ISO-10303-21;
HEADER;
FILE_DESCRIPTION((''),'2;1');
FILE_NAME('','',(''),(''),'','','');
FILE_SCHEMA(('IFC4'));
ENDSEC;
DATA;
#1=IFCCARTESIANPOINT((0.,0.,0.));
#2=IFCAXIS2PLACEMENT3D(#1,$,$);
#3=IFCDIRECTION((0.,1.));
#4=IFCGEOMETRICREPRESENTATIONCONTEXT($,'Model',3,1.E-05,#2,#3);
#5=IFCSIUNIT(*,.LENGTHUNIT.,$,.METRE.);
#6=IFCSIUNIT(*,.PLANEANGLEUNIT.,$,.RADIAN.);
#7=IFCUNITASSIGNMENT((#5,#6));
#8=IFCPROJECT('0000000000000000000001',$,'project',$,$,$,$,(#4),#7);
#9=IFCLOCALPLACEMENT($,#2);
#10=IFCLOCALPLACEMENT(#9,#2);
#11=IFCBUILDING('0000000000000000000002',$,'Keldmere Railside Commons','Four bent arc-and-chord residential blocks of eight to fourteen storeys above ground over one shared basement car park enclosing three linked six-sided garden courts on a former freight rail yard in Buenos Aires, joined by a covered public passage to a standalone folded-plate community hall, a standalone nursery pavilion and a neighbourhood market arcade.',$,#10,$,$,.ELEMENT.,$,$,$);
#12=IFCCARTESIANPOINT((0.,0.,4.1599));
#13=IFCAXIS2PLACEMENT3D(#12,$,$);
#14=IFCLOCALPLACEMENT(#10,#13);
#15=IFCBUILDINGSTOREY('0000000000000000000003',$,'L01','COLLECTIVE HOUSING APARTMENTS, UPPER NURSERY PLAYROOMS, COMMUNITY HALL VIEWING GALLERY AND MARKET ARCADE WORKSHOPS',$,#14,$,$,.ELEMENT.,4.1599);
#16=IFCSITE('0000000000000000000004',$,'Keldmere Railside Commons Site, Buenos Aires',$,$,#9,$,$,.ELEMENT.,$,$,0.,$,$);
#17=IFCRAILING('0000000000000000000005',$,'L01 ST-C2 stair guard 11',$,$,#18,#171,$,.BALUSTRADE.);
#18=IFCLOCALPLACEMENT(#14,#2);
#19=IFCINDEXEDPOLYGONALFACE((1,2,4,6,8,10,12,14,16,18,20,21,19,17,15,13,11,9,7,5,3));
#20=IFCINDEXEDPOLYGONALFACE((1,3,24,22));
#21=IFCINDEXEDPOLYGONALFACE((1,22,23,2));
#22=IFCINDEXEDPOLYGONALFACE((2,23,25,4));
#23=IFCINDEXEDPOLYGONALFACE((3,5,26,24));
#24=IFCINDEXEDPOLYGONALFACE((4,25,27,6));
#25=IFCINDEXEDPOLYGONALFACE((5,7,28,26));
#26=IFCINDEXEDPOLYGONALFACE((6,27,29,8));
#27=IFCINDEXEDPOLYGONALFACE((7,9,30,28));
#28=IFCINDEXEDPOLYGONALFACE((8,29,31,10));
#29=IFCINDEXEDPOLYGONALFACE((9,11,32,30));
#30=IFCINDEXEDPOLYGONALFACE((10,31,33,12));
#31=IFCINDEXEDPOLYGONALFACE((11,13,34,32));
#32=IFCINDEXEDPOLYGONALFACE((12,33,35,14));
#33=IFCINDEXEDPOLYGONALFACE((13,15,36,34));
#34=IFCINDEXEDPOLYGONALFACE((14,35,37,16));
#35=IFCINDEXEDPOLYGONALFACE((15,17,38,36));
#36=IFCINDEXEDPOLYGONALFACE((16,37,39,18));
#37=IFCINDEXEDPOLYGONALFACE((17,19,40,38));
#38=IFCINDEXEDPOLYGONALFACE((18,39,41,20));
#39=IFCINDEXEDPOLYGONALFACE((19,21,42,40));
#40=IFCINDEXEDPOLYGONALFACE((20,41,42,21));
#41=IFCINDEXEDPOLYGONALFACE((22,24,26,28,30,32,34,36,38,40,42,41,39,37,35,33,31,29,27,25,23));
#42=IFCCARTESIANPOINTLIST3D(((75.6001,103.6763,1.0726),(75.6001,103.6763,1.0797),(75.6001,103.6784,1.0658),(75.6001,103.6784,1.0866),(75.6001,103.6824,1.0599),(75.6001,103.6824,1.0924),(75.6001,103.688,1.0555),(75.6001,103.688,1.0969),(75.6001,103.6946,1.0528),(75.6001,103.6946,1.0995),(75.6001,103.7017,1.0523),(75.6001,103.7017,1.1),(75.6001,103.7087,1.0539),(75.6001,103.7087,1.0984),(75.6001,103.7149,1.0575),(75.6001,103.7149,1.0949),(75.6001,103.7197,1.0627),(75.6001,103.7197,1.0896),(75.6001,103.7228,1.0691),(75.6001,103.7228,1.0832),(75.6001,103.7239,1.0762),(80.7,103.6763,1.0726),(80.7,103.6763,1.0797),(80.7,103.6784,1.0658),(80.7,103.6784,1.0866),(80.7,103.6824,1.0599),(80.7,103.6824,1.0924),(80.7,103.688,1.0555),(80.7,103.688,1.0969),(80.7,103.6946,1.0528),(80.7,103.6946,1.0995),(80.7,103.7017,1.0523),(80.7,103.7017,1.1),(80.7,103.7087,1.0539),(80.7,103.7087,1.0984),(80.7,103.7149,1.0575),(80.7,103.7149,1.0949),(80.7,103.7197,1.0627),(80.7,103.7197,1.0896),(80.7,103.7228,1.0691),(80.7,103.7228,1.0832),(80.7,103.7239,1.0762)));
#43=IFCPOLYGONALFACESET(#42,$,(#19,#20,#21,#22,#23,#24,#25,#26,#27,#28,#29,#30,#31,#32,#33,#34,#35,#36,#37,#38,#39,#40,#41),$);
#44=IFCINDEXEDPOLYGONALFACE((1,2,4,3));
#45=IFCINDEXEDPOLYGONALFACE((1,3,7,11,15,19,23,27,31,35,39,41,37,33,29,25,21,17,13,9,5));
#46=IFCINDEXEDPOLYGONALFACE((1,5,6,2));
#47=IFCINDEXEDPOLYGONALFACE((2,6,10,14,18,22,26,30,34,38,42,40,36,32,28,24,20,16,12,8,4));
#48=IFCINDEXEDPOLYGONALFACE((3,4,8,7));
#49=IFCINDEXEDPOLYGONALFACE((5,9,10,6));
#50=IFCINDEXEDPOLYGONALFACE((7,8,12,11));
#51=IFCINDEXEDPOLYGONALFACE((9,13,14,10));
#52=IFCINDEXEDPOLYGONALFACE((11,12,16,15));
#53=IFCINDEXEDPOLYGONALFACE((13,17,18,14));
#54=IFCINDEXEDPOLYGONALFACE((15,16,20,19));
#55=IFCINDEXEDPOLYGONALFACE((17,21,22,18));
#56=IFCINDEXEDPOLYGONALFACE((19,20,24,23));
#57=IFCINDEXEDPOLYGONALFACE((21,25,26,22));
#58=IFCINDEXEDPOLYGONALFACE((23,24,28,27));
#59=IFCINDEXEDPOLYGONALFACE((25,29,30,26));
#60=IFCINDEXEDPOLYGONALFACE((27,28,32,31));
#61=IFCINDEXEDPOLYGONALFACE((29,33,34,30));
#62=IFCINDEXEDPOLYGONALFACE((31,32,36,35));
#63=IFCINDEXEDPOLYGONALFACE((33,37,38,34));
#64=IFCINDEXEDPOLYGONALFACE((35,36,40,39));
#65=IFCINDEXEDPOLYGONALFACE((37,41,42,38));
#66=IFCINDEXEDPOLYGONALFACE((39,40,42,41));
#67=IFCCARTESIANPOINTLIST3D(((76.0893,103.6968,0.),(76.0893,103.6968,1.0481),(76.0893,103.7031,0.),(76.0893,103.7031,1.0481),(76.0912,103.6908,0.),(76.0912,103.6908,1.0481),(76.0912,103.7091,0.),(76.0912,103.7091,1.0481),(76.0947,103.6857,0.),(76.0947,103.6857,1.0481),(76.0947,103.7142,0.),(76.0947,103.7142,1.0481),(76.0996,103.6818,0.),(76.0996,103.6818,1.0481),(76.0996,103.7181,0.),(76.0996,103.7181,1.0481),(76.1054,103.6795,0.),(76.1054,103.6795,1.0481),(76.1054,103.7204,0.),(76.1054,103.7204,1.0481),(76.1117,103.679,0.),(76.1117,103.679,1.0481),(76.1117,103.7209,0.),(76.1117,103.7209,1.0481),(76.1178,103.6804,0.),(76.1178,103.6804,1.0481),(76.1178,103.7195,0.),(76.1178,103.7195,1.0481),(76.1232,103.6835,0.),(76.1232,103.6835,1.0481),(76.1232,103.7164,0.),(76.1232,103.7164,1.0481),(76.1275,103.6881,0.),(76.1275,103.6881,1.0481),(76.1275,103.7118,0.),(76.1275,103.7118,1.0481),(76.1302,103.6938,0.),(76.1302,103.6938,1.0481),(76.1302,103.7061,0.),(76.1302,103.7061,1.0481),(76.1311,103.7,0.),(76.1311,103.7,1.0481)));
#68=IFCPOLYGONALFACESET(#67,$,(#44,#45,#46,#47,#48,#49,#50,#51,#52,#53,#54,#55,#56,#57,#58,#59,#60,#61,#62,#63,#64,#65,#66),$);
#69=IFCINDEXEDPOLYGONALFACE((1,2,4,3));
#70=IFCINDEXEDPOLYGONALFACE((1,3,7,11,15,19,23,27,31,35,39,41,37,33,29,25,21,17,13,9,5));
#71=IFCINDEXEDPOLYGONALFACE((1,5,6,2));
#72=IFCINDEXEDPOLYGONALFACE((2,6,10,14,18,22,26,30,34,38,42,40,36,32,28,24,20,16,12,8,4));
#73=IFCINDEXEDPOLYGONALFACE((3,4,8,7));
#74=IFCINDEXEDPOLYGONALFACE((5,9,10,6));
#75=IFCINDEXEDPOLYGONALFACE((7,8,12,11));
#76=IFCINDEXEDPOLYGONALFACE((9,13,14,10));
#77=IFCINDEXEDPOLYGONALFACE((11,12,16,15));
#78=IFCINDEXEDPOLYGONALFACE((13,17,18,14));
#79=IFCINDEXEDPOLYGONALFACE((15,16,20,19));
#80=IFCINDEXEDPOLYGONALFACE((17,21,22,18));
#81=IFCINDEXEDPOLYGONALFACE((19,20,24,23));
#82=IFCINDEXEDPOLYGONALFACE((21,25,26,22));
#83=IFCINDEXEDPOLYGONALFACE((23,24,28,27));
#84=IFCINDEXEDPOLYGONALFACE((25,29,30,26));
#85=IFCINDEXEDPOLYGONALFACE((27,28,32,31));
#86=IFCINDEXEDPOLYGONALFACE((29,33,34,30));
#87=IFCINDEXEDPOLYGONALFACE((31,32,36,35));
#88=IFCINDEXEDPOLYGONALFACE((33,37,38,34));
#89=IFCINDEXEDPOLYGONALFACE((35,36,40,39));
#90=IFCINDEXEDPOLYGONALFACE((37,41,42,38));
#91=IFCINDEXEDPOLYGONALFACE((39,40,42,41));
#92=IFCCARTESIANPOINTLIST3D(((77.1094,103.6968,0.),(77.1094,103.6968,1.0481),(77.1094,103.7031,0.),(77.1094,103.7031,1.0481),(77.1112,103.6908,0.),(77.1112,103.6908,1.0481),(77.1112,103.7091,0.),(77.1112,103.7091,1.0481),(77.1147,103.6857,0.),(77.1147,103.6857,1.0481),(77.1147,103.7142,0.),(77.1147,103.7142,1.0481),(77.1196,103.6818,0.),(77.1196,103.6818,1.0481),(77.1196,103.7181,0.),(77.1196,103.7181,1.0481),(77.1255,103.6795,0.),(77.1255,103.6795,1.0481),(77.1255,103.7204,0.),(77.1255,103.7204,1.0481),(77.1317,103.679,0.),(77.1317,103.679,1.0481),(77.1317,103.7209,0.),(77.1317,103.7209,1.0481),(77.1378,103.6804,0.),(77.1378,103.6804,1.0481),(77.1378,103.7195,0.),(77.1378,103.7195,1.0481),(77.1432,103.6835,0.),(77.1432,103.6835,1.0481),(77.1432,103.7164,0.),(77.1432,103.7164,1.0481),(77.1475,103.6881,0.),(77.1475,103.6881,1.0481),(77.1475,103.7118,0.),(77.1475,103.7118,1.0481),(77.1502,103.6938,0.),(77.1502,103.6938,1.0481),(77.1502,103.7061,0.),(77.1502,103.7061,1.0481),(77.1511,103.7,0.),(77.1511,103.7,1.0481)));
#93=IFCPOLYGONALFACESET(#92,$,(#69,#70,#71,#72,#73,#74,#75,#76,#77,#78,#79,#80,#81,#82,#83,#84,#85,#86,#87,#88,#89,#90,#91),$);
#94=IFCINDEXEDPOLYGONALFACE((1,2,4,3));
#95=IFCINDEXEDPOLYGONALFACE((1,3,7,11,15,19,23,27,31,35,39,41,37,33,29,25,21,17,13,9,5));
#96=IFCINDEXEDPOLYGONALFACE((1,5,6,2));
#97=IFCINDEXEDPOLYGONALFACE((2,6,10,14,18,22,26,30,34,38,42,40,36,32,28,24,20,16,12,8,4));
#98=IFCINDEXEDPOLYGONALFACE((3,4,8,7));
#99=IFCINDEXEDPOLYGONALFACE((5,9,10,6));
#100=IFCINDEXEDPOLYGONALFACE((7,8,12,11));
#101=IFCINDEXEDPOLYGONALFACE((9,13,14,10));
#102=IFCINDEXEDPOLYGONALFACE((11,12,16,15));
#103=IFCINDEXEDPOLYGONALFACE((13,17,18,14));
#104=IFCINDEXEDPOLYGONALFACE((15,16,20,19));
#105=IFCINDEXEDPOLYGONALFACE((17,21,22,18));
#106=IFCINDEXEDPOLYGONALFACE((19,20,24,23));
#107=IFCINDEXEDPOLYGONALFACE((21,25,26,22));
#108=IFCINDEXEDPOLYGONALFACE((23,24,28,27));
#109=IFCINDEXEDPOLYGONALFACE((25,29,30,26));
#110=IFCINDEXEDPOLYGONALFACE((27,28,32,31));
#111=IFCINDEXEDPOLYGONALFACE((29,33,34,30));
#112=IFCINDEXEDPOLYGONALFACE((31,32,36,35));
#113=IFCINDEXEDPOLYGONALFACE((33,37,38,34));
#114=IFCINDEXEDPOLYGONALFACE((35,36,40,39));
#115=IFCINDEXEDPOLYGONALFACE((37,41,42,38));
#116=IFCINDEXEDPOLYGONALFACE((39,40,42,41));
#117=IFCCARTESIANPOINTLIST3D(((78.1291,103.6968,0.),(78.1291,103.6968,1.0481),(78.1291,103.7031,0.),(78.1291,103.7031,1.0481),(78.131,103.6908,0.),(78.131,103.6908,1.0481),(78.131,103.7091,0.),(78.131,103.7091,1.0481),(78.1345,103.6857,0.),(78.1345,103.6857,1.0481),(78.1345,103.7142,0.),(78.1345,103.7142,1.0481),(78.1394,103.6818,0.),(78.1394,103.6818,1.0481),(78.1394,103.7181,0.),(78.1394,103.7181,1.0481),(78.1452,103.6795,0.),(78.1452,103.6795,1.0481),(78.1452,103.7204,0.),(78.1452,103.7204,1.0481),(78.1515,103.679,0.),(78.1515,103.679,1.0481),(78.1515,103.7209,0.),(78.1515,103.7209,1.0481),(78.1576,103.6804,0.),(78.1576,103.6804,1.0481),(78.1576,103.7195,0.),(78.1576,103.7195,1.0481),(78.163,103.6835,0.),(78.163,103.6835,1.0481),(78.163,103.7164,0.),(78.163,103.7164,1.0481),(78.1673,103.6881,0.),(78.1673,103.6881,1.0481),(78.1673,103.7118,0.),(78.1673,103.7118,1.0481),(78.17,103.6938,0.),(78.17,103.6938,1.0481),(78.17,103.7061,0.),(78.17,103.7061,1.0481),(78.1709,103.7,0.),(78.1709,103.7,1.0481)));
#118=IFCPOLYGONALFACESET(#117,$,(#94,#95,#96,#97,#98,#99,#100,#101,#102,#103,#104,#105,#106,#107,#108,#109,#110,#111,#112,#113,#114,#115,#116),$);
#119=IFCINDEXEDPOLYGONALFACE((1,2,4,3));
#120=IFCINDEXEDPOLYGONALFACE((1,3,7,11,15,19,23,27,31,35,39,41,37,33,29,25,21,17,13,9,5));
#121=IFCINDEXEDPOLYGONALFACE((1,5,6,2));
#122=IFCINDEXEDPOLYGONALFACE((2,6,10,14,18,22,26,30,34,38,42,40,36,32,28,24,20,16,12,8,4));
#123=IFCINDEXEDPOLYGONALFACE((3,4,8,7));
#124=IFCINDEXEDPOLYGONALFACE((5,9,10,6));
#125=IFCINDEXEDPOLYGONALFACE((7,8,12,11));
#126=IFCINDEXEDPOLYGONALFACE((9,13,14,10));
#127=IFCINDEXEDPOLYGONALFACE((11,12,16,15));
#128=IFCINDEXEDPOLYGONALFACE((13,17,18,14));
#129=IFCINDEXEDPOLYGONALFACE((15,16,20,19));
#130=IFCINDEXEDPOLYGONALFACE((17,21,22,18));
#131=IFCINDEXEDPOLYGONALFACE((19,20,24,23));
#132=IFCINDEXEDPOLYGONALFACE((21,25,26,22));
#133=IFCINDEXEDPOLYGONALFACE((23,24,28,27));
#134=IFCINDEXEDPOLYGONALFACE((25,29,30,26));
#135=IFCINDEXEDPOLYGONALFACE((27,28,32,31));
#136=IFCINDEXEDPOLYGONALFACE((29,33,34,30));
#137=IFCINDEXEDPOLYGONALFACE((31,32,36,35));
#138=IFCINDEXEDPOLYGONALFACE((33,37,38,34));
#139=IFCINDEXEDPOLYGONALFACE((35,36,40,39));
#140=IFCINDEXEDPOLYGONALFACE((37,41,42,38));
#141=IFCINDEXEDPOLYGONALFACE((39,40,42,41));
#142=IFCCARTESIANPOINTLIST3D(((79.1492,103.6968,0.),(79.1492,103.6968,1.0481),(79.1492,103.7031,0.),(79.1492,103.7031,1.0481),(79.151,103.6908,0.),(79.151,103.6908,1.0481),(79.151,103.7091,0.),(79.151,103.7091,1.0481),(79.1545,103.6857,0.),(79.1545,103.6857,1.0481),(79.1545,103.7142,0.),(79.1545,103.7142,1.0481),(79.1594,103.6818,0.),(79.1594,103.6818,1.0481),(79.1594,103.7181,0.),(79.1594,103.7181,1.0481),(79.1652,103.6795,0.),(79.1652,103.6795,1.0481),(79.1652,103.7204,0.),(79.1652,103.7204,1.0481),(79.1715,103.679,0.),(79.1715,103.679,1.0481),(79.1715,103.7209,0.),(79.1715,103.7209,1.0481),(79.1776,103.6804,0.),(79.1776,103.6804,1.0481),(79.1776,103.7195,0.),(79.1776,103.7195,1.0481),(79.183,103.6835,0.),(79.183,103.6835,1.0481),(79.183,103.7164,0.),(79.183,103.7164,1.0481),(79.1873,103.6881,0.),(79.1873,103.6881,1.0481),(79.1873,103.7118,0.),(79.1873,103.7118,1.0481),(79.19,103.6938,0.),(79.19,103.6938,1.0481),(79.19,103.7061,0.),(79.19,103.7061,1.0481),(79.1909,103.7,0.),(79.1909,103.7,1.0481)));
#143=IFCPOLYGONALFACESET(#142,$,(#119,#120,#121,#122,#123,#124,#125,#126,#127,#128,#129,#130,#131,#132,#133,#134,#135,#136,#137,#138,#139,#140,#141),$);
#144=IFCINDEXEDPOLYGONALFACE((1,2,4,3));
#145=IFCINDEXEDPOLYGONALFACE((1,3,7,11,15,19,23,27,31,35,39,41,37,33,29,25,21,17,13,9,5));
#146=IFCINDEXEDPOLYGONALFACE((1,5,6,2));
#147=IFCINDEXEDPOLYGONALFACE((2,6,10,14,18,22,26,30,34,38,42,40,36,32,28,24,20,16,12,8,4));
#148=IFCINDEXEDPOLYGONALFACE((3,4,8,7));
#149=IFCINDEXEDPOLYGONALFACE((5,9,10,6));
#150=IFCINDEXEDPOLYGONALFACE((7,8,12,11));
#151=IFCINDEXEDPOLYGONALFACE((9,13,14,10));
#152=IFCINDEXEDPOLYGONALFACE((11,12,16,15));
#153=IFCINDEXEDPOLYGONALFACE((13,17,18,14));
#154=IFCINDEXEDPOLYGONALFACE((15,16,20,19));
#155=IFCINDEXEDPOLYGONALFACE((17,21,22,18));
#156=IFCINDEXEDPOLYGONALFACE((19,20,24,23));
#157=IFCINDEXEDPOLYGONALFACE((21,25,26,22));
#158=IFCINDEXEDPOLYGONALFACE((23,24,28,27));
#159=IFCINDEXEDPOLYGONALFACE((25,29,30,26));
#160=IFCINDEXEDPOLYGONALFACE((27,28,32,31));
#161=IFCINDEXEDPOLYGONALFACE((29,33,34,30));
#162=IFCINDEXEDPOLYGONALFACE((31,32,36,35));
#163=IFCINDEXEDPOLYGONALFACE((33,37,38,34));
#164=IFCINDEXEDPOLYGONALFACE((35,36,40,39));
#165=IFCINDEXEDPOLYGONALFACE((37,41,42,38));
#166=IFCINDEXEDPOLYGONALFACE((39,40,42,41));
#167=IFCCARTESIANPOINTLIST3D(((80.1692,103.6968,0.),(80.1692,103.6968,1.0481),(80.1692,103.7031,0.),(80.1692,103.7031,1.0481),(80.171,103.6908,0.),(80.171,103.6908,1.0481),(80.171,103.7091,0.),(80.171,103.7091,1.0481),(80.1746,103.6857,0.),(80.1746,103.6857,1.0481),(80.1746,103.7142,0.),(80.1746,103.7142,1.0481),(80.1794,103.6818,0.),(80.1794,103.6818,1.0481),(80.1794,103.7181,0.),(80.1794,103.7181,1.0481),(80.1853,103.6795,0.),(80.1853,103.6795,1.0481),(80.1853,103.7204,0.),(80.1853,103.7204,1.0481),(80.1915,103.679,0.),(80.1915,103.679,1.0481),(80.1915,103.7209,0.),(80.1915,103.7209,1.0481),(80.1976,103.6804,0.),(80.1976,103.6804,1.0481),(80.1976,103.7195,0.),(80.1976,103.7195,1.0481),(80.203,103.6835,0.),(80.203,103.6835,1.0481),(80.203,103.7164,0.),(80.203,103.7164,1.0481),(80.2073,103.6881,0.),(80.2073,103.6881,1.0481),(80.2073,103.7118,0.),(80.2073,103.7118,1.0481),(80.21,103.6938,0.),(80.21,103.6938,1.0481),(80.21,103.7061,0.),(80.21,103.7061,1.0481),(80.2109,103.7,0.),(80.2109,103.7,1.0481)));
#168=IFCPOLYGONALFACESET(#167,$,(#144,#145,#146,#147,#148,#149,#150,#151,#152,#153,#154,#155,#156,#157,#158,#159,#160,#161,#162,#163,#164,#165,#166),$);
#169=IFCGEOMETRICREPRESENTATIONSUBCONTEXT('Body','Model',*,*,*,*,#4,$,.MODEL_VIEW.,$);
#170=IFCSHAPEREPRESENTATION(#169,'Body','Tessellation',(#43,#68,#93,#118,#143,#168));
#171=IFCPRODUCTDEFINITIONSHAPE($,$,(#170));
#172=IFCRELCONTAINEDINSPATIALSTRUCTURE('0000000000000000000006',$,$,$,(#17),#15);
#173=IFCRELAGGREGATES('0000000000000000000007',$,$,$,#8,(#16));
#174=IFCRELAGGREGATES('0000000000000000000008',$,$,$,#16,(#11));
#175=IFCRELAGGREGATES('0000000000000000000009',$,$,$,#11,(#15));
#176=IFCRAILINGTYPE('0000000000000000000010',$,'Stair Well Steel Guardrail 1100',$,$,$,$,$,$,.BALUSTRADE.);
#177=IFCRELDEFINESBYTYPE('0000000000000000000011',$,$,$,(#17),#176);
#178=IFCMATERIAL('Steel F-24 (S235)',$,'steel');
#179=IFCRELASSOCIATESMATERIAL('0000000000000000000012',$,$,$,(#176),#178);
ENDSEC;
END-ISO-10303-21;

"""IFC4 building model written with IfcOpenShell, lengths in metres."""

from ifc_helpers import new_model, si_unit, direction, frame, origin, origin_2d, place, context, subcontext, project, spatial, circle, extrude, material, type_object, element, save


model = new_model("IFC4")

# Units and contexts
model_context = context("Model", 3, precision=1e-05, world=origin(), true_north=direction((0.0, 1.0)))
body_context = subcontext(model_context, "Body", "Model", "MODEL_VIEW")
ifc_project = project(units=[si_unit("LENGTHUNIT", "METRE"), si_unit("PLANEANGLEUNIT", "RADIAN")], contexts=[model_context])

# Site, building, storey
site_placement = place(None, origin())
site = spatial("IfcSite", under=ifc_project, at=site_placement, Name="Keldmere Railside Commons Site, Buenos Aires", CompositionType="ELEMENT", RefElevation=0.0)
building_placement = place(site_placement, origin())
building = spatial("IfcBuilding", under=site, at=building_placement, Name="Keldmere Railside Commons", Description="Four bent arc-and-chord residential blocks of eight to fourteen storeys above ground over one shared basement car park enclosing three linked six-sided garden courts on a former freight rail yard in Buenos Aires, joined by a covered public passage to a standalone folded-plate community hall, a standalone nursery pavilion and a neighbourhood market arcade.", CompositionType="ELEMENT")
storey_placement = place(building_placement, frame((0.0, 0.0, 4.1599)))
storey = spatial("IfcBuildingStorey", under=building, at=storey_placement, Name="L01", Description="COLLECTIVE HOUSING APARTMENTS, UPPER NURSERY PLAYROOMS, COMMUNITY HALL VIEWING GALLERY AND MARKET ARCADE WORKSHOPS", CompositionType="ELEMENT", Elevation=4.1599)

# Railing
ifc_material_1 = material(Name="Steel F-24 (S235)", Category="steel")
railing_type_1 = type_object("IfcRailingType", Name="Stair Well Steel Guardrail 1100", PredefinedType="BALUSTRADE", material=ifc_material_1)
railing_1_placement = place(storey_placement, frame((75.6001, 103.7, 0.0)))
element("IfcRailing", 1, at=railing_1_placement, inside=storey, type_object=railing_type_1, Name="L01 ST-C2 stair guard 11", PredefinedType="BALUSTRADE", context=body_context, shape_type="SweptSolid", body=[
    extrude(circle(Radius=0.0239, at=origin_2d()), frame((0.0, 0.0, 1.0762), z_axis=(1.0, 0.0, 0.0), x_axis=(0.0, 1.0, 0.0)), (0.0, 0.0, 1.0), 5.0999),
    extrude(circle(Radius=0.021, at=origin_2d()), frame((0.51, 0.0, 0.0)), (0.0, 0.0, 1.0), 1.0481),
    extrude(circle(Radius=0.021, at=origin_2d()), frame((1.53, 0.0, 0.0)), (0.0, 0.0, 1.0), 1.0481),
    extrude(circle(Radius=0.021, at=origin_2d()), frame((2.5498, 0.0, 0.0)), (0.0, 0.0, 1.0), 1.0481),
    extrude(circle(Radius=0.021, at=origin_2d()), frame((3.5698, 0.0, 0.0)), (0.0, 0.0, 1.0), 1.0481),
    extrude(circle(Radius=0.021, at=origin_2d()), frame((4.5898, 0.0, 0.0)), (0.0, 0.0, 1.0), 1.0481),
])

save(model, "model.ifc")
